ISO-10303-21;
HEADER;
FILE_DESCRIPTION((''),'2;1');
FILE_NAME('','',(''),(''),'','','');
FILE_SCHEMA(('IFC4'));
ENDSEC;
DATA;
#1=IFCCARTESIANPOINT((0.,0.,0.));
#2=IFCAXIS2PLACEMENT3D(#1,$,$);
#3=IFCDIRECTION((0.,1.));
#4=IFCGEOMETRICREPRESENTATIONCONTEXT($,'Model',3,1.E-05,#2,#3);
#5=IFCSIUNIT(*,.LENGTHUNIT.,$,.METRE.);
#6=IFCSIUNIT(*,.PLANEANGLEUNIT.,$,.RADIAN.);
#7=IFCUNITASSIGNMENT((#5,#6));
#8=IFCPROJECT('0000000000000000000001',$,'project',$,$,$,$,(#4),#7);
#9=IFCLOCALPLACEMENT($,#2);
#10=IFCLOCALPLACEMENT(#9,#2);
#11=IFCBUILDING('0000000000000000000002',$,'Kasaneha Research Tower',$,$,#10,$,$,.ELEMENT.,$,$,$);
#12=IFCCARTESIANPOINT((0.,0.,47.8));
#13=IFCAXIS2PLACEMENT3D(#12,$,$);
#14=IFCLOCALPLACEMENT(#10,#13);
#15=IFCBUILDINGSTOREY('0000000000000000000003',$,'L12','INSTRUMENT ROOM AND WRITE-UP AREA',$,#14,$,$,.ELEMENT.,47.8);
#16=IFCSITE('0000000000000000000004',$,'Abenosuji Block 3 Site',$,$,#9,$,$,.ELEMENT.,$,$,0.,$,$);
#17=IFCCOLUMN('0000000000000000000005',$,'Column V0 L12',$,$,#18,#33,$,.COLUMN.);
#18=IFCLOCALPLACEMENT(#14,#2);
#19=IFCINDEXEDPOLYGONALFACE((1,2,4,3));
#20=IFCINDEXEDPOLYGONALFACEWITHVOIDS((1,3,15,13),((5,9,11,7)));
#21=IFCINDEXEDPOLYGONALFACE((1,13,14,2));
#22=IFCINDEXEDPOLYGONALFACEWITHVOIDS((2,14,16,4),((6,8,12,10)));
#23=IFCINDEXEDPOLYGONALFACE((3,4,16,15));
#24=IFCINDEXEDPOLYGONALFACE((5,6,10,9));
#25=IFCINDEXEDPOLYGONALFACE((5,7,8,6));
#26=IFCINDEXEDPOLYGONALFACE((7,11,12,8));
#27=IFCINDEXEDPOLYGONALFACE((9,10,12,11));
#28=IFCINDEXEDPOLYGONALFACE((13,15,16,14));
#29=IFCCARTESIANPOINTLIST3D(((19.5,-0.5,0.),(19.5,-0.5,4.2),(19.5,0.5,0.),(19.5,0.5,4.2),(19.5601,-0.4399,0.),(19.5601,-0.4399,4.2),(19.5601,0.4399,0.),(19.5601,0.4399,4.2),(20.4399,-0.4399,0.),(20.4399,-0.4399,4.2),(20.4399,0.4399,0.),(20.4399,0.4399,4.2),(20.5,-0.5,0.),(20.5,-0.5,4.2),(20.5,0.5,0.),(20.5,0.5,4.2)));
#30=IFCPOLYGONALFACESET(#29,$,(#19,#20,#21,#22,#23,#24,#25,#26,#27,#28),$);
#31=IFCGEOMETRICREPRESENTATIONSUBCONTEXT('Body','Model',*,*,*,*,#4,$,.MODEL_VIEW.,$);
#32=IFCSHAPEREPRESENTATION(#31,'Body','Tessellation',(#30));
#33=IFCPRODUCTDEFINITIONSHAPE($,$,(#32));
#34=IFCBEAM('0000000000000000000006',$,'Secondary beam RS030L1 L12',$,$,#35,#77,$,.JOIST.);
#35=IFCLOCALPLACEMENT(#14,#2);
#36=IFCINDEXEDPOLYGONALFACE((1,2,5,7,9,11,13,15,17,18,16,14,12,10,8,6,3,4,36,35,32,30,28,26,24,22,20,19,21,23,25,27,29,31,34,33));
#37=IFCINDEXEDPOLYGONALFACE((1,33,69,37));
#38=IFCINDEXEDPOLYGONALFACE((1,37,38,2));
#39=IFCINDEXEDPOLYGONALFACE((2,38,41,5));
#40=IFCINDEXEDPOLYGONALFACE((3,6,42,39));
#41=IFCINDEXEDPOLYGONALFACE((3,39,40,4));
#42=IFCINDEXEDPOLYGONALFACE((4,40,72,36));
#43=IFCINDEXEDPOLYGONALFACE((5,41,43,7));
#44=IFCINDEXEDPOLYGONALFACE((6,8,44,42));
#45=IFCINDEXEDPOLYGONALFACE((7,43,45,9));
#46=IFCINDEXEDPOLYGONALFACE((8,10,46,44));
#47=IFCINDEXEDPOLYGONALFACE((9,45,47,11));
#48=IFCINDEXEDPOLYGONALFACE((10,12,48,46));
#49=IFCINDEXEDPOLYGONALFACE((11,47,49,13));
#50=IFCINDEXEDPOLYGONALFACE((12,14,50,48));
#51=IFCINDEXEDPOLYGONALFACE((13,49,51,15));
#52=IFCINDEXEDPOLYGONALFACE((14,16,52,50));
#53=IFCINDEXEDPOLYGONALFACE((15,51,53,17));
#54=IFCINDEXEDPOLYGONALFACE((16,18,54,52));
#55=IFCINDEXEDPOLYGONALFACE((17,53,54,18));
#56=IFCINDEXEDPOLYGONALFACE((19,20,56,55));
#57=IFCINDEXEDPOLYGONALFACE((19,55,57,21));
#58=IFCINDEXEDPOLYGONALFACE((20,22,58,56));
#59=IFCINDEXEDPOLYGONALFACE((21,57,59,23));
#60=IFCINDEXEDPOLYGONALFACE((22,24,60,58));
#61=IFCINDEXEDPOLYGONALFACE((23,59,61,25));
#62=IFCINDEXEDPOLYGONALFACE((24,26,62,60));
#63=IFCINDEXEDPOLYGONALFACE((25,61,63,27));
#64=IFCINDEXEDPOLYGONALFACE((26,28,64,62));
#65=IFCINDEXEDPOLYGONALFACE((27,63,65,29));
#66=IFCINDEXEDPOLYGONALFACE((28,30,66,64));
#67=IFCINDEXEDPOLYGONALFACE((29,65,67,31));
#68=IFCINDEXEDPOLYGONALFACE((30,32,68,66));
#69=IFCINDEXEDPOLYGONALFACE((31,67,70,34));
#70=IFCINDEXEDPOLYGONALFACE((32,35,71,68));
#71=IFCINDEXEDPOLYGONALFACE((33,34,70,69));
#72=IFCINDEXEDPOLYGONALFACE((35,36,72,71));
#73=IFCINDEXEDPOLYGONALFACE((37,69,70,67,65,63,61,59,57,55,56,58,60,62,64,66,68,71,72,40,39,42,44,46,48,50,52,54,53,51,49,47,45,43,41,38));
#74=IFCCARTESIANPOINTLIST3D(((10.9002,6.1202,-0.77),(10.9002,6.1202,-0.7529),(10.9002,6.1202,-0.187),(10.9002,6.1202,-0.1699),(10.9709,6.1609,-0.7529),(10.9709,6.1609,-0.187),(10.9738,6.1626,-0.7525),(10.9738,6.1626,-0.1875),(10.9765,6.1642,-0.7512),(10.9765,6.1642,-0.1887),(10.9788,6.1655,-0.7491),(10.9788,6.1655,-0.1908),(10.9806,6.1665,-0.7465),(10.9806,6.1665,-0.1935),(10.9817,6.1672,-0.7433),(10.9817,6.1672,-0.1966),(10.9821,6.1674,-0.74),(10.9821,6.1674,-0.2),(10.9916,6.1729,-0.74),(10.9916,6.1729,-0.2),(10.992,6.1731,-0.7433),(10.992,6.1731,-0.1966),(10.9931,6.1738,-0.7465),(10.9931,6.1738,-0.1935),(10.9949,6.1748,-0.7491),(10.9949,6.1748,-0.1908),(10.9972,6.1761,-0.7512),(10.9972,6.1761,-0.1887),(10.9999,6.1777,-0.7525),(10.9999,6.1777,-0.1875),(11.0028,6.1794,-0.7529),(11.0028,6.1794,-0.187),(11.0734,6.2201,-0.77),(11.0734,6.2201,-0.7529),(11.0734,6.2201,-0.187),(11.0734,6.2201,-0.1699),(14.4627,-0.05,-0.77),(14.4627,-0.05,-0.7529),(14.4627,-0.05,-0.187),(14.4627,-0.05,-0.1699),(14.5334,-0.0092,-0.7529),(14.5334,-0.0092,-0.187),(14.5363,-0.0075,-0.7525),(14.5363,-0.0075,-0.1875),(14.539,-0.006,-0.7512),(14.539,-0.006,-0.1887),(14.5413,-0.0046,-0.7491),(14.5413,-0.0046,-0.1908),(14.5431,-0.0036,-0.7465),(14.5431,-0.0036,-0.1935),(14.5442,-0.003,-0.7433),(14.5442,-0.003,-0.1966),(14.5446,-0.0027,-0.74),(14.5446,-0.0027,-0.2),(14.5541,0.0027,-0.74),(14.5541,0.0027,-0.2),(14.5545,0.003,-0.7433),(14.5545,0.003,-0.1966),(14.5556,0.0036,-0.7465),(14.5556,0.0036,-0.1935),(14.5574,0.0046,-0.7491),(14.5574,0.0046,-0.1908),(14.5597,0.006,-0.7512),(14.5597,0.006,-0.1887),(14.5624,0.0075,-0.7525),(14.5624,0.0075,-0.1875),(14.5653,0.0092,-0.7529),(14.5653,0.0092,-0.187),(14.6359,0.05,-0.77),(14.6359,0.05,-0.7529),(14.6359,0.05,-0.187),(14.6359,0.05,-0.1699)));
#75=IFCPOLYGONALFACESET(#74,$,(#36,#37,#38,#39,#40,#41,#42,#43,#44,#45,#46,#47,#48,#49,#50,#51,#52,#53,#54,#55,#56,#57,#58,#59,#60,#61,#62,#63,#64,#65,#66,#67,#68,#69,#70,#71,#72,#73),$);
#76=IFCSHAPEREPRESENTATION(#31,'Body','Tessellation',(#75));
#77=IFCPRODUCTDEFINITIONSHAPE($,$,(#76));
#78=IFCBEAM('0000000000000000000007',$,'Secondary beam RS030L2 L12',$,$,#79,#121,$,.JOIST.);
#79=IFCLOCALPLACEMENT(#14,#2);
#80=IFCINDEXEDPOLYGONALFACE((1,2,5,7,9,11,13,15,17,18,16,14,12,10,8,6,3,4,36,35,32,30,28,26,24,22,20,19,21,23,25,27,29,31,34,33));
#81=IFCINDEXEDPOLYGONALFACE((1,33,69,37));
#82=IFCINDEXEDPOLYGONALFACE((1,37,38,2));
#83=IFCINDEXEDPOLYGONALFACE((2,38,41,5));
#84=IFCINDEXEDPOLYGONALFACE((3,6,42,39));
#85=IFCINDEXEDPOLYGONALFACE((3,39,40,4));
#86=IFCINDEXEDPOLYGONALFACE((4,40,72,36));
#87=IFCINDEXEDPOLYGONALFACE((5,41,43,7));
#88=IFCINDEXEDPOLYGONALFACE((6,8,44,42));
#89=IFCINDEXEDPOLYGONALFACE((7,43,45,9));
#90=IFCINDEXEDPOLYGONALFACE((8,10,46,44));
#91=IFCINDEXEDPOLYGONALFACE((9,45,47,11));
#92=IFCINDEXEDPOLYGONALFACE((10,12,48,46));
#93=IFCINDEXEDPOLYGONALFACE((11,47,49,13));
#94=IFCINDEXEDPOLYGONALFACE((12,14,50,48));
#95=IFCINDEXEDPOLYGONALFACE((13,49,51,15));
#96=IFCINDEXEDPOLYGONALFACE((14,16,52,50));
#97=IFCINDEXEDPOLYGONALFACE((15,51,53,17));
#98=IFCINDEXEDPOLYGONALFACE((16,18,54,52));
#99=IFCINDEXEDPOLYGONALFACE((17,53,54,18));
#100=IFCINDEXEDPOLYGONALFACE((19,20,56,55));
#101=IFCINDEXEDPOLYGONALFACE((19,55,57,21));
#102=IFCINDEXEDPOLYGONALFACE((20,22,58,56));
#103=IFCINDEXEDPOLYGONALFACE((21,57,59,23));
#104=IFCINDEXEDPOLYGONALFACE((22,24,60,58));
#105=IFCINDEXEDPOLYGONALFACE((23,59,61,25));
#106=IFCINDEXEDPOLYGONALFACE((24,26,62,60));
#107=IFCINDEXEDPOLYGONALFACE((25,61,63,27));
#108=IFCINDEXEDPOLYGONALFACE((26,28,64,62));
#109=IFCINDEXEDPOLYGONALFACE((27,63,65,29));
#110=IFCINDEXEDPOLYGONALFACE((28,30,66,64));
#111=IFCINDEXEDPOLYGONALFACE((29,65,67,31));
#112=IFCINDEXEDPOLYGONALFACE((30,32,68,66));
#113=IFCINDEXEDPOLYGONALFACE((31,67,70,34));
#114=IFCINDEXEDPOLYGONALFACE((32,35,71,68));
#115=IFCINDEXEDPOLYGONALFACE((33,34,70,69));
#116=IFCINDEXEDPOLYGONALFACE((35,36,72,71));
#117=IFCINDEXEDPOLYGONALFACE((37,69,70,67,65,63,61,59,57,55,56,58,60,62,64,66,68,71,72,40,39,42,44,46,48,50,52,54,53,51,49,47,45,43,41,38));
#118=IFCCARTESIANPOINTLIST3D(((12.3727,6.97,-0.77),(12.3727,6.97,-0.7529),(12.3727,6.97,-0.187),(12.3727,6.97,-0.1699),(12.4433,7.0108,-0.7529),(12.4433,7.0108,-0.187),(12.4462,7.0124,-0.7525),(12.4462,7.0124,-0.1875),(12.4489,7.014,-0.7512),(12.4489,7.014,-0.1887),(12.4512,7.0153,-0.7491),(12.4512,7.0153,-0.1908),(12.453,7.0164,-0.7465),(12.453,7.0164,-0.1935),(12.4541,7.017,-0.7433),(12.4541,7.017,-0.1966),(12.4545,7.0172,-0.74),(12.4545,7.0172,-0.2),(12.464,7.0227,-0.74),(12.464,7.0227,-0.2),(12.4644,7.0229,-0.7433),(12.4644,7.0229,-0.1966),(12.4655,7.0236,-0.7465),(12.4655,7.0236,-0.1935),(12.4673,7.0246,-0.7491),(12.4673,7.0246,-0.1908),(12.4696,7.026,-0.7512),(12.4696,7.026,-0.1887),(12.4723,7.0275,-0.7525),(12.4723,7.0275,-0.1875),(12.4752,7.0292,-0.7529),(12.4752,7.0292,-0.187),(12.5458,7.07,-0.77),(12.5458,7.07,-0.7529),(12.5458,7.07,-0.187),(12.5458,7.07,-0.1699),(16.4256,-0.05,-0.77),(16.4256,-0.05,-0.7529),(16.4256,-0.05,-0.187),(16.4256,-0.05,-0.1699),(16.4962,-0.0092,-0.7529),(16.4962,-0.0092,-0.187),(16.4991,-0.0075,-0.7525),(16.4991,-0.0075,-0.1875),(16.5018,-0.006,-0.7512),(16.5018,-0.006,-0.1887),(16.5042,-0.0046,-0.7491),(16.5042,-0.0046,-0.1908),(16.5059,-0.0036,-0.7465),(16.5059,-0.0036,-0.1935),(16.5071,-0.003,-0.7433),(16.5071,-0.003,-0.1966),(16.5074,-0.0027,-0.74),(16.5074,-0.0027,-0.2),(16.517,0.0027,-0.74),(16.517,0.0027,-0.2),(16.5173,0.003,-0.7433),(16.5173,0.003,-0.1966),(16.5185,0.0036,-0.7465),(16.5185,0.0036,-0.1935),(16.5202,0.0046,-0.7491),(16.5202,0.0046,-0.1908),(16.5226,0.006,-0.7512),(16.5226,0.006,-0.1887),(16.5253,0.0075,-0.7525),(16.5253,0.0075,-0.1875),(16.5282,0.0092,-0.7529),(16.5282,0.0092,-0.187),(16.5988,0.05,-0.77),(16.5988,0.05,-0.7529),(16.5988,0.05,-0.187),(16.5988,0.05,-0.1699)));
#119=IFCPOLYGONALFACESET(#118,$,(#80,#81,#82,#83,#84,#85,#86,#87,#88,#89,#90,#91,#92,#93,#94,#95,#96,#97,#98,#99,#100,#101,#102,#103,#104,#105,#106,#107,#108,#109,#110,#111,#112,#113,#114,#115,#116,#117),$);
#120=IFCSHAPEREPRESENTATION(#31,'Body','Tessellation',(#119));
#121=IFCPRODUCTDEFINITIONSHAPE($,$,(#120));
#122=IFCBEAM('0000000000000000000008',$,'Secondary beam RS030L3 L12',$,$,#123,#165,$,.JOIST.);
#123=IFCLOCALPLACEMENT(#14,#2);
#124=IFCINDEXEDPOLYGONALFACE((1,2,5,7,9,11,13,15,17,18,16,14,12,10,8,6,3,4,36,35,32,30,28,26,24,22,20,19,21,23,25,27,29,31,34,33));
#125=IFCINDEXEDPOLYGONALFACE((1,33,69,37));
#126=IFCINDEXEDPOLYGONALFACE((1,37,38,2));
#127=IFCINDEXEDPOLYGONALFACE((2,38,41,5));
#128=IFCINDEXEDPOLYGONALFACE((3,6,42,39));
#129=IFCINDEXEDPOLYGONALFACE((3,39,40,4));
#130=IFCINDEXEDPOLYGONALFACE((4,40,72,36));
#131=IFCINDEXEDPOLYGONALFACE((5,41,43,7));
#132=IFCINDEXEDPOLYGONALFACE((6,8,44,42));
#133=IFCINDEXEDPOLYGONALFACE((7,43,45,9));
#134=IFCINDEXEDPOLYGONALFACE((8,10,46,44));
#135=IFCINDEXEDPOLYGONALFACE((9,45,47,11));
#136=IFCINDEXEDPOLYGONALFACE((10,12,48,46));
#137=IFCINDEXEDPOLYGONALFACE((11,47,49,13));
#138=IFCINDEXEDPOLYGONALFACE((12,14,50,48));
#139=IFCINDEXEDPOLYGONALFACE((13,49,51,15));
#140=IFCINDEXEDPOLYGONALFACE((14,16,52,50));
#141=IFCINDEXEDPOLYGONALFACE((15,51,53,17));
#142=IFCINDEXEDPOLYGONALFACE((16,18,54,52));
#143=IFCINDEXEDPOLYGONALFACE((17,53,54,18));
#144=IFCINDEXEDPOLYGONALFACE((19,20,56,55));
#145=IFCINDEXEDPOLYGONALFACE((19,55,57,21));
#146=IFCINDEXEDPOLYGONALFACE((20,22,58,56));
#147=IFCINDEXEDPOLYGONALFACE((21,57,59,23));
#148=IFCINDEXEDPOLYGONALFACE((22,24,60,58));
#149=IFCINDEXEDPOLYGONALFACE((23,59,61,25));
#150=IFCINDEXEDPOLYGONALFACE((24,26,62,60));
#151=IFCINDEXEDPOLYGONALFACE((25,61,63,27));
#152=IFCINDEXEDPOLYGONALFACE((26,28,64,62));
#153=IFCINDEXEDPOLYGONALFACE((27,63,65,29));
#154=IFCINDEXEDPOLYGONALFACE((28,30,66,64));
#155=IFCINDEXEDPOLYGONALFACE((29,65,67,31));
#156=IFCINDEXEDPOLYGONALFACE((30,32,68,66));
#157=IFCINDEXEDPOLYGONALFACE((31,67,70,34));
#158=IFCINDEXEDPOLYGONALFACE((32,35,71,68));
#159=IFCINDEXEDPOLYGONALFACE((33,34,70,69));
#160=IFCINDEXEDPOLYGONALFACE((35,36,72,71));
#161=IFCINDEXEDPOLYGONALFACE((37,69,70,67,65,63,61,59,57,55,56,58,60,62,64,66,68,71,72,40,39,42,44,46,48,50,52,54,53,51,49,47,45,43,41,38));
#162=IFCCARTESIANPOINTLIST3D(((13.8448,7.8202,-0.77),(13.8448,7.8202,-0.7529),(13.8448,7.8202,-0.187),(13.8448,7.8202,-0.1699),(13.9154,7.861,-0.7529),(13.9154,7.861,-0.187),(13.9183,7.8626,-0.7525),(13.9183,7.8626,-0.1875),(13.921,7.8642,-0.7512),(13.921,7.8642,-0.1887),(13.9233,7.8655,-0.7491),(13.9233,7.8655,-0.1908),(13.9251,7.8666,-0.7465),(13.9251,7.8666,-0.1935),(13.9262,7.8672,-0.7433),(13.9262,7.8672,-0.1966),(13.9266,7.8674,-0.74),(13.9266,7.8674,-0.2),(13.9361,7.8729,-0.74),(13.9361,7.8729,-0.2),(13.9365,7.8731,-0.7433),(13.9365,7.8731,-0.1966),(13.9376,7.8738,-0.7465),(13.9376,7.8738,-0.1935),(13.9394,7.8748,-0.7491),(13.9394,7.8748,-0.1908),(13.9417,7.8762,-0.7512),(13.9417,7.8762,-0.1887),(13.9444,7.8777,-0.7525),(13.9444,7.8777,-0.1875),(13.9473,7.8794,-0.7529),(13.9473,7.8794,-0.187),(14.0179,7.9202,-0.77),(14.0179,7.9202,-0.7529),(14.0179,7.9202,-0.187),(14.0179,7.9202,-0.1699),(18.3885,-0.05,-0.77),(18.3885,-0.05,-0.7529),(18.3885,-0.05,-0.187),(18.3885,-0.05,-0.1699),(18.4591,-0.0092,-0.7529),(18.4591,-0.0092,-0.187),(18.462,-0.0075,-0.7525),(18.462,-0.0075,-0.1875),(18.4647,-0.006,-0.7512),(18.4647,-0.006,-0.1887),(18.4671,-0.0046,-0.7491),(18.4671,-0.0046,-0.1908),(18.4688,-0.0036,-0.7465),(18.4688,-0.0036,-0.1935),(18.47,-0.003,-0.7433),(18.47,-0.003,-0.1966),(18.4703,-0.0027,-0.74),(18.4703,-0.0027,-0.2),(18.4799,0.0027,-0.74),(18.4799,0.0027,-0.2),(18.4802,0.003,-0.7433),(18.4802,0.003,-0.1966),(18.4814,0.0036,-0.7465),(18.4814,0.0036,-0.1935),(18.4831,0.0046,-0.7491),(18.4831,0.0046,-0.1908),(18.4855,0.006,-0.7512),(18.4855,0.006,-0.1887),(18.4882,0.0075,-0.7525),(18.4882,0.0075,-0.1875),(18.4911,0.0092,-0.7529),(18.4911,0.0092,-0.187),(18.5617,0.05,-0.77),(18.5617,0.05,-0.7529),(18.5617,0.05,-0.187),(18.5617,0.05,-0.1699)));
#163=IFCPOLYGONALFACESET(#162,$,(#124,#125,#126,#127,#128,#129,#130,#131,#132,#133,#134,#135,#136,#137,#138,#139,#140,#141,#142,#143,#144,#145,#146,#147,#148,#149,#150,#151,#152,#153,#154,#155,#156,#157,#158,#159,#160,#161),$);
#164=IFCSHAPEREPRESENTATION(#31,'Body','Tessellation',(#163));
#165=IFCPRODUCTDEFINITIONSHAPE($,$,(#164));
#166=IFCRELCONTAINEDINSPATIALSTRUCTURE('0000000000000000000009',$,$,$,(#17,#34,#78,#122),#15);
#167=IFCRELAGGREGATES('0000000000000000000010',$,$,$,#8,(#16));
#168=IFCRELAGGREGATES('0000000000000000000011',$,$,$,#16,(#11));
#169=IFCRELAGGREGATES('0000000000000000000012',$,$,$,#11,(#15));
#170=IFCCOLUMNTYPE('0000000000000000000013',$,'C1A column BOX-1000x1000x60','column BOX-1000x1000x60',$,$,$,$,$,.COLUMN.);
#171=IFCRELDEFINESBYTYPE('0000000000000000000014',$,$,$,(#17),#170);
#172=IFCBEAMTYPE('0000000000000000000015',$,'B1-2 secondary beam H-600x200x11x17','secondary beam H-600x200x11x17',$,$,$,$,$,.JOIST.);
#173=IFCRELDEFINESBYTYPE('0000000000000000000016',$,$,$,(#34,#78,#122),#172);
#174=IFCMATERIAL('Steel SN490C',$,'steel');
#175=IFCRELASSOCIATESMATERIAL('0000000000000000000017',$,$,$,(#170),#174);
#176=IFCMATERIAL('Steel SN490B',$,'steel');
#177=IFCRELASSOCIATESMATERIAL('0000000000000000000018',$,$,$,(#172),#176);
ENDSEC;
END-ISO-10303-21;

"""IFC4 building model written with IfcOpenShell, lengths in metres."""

from ifc_helpers import new_model, si_unit, direction, frame, origin, origin_2d, place, context, subcontext, project, spatial, hollow_rectangle, i_section, extrude, material, material_profile, profile_set, type_object, element, save


model = new_model("IFC4")

# Units and contexts
model_context = context("Model", 3, precision=1e-05, world=origin(), true_north=direction((0.0, 1.0)))
body_context = subcontext(model_context, "Body", "Model", "MODEL_VIEW")
ifc_project = project(units=[si_unit("LENGTHUNIT", "METRE"), si_unit("PLANEANGLEUNIT", "RADIAN")], contexts=[model_context])

# Site, building, storey
site_placement = place(None, origin())
site = spatial("IfcSite", under=ifc_project, at=site_placement, Name="Abenosuji Block 3 Site", CompositionType="ELEMENT", RefElevation=0.0)
building_placement = place(site_placement, origin())
building = spatial("IfcBuilding", under=site, at=building_placement, Name="Kasaneha Research Tower", CompositionType="ELEMENT")
storey_placement = place(building_placement, frame((0.0, 0.0, 47.8)))
storey = spatial("IfcBuildingStorey", under=building, at=storey_placement, Name="L12", Description="INSTRUMENT ROOM AND WRITE-UP AREA", CompositionType="ELEMENT", Elevation=47.8)

# Column
ifc_material_1 = material(Name="Steel SN490C", Category="steel")
ifc_material_profile_1 = material_profile(ifc_material_1, hollow_rectangle(XDim=1.0, YDim=1.0, WallThickness=0.0601, at=origin_2d()), Name="BOX-1000x1000x60")
ifc_profile_set_1 = profile_set([ifc_material_profile_1], Name="Steel SN490C")
column_type = type_object("IfcColumnType", Name="C1A column BOX-1000x1000x60", Description="column BOX-1000x1000x60", PredefinedType="COLUMN", material=ifc_profile_set_1)
column_placement = place(storey_placement, frame((20.0, 0.0, 0.0), z_axis=(0.0, 0.0, 1.0), x_axis=(1.0, 0.0, 0.0)))
element("IfcColumn", 1, at=column_placement, inside=storey, type_object=column_type, Name="Column V0 L12", PredefinedType="COLUMN", context=body_context, shape_type="SweptSolid", body=[
    extrude(hollow_rectangle(XDim=1.0, YDim=1.0, WallThickness=0.0601, at=origin_2d()), origin(), (0.0, 0.0, 1.0), 4.2),
])

# Beams
ifc_material_2 = material(Name="Steel SN490B", Category="steel")
ifc_material_profile_2 = material_profile(ifc_material_2, i_section(OverallWidth=0.2, OverallDepth=0.6001, WebThickness=0.011, FlangeThickness=0.0171, FilletRadius=0.0129, at=origin_2d()), Name="H-600x200x11x17")
ifc_profile_set_2 = profile_set([ifc_material_profile_2], Name="Steel SN490B")
beam_type_1 = type_object("IfcBeamType", Name="B1-2 secondary beam H-600x200x11x17", Description="secondary beam H-600x200x11x17", PredefinedType="JOIST", material=ifc_profile_set_2)
beam_1_placement = place(storey_placement, frame((14.5493, 0.0, -0.47), z_axis=(-0.500016, 0.866016, 0.0), x_axis=(-0.866016, -0.500016, 0.0)))
element("IfcBeam", 2, at=beam_1_placement, inside=storey, type_object=beam_type_1, Name="Secondary beam RS030L1 L12", PredefinedType="JOIST", context=body_context, shape_type="SweptSolid", body=[
    extrude(i_section(OverallWidth=0.2, OverallDepth=0.6001, WebThickness=0.011, FlangeThickness=0.0171, FilletRadius=0.0129, at=origin_2d()), origin(), (0.0, 0.0, 1.0), 7.1248),
])
beam_2_placement = place(storey_placement, frame((16.5122, 0.0, -0.47), z_axis=(-0.499997, 0.866027, 0.0), x_axis=(-0.866027, -0.499997, 0.0)))
element("IfcBeam", 3, at=beam_2_placement, inside=storey, type_object=beam_type_1, Name="Secondary beam RS030L2 L12", PredefinedType="JOIST", context=body_context, shape_type="SweptSolid", body=[
    extrude(i_section(OverallWidth=0.2, OverallDepth=0.6001, WebThickness=0.011, FlangeThickness=0.0171, FilletRadius=0.0129, at=origin_2d()), origin(), (0.0, 0.0, 1.0), 8.106),
])
beam_3_placement = place(storey_placement, frame((18.4751, 0.0, -0.47), z_axis=(-0.499991, 0.866031, 0.0), x_axis=(-0.866031, -0.499991, 0.0)))
element("IfcBeam", 4, at=beam_3_placement, inside=storey, type_object=beam_type_1, Name="Secondary beam RS030L3 L12", PredefinedType="JOIST", context=body_context, shape_type="SweptSolid", body=[
    extrude(i_section(OverallWidth=0.2, OverallDepth=0.6001, WebThickness=0.011, FlangeThickness=0.0171, FilletRadius=0.0129, at=origin_2d()), origin(), (0.0, 0.0, 1.0), 9.0876),
])

save(model, "model.ifc")
